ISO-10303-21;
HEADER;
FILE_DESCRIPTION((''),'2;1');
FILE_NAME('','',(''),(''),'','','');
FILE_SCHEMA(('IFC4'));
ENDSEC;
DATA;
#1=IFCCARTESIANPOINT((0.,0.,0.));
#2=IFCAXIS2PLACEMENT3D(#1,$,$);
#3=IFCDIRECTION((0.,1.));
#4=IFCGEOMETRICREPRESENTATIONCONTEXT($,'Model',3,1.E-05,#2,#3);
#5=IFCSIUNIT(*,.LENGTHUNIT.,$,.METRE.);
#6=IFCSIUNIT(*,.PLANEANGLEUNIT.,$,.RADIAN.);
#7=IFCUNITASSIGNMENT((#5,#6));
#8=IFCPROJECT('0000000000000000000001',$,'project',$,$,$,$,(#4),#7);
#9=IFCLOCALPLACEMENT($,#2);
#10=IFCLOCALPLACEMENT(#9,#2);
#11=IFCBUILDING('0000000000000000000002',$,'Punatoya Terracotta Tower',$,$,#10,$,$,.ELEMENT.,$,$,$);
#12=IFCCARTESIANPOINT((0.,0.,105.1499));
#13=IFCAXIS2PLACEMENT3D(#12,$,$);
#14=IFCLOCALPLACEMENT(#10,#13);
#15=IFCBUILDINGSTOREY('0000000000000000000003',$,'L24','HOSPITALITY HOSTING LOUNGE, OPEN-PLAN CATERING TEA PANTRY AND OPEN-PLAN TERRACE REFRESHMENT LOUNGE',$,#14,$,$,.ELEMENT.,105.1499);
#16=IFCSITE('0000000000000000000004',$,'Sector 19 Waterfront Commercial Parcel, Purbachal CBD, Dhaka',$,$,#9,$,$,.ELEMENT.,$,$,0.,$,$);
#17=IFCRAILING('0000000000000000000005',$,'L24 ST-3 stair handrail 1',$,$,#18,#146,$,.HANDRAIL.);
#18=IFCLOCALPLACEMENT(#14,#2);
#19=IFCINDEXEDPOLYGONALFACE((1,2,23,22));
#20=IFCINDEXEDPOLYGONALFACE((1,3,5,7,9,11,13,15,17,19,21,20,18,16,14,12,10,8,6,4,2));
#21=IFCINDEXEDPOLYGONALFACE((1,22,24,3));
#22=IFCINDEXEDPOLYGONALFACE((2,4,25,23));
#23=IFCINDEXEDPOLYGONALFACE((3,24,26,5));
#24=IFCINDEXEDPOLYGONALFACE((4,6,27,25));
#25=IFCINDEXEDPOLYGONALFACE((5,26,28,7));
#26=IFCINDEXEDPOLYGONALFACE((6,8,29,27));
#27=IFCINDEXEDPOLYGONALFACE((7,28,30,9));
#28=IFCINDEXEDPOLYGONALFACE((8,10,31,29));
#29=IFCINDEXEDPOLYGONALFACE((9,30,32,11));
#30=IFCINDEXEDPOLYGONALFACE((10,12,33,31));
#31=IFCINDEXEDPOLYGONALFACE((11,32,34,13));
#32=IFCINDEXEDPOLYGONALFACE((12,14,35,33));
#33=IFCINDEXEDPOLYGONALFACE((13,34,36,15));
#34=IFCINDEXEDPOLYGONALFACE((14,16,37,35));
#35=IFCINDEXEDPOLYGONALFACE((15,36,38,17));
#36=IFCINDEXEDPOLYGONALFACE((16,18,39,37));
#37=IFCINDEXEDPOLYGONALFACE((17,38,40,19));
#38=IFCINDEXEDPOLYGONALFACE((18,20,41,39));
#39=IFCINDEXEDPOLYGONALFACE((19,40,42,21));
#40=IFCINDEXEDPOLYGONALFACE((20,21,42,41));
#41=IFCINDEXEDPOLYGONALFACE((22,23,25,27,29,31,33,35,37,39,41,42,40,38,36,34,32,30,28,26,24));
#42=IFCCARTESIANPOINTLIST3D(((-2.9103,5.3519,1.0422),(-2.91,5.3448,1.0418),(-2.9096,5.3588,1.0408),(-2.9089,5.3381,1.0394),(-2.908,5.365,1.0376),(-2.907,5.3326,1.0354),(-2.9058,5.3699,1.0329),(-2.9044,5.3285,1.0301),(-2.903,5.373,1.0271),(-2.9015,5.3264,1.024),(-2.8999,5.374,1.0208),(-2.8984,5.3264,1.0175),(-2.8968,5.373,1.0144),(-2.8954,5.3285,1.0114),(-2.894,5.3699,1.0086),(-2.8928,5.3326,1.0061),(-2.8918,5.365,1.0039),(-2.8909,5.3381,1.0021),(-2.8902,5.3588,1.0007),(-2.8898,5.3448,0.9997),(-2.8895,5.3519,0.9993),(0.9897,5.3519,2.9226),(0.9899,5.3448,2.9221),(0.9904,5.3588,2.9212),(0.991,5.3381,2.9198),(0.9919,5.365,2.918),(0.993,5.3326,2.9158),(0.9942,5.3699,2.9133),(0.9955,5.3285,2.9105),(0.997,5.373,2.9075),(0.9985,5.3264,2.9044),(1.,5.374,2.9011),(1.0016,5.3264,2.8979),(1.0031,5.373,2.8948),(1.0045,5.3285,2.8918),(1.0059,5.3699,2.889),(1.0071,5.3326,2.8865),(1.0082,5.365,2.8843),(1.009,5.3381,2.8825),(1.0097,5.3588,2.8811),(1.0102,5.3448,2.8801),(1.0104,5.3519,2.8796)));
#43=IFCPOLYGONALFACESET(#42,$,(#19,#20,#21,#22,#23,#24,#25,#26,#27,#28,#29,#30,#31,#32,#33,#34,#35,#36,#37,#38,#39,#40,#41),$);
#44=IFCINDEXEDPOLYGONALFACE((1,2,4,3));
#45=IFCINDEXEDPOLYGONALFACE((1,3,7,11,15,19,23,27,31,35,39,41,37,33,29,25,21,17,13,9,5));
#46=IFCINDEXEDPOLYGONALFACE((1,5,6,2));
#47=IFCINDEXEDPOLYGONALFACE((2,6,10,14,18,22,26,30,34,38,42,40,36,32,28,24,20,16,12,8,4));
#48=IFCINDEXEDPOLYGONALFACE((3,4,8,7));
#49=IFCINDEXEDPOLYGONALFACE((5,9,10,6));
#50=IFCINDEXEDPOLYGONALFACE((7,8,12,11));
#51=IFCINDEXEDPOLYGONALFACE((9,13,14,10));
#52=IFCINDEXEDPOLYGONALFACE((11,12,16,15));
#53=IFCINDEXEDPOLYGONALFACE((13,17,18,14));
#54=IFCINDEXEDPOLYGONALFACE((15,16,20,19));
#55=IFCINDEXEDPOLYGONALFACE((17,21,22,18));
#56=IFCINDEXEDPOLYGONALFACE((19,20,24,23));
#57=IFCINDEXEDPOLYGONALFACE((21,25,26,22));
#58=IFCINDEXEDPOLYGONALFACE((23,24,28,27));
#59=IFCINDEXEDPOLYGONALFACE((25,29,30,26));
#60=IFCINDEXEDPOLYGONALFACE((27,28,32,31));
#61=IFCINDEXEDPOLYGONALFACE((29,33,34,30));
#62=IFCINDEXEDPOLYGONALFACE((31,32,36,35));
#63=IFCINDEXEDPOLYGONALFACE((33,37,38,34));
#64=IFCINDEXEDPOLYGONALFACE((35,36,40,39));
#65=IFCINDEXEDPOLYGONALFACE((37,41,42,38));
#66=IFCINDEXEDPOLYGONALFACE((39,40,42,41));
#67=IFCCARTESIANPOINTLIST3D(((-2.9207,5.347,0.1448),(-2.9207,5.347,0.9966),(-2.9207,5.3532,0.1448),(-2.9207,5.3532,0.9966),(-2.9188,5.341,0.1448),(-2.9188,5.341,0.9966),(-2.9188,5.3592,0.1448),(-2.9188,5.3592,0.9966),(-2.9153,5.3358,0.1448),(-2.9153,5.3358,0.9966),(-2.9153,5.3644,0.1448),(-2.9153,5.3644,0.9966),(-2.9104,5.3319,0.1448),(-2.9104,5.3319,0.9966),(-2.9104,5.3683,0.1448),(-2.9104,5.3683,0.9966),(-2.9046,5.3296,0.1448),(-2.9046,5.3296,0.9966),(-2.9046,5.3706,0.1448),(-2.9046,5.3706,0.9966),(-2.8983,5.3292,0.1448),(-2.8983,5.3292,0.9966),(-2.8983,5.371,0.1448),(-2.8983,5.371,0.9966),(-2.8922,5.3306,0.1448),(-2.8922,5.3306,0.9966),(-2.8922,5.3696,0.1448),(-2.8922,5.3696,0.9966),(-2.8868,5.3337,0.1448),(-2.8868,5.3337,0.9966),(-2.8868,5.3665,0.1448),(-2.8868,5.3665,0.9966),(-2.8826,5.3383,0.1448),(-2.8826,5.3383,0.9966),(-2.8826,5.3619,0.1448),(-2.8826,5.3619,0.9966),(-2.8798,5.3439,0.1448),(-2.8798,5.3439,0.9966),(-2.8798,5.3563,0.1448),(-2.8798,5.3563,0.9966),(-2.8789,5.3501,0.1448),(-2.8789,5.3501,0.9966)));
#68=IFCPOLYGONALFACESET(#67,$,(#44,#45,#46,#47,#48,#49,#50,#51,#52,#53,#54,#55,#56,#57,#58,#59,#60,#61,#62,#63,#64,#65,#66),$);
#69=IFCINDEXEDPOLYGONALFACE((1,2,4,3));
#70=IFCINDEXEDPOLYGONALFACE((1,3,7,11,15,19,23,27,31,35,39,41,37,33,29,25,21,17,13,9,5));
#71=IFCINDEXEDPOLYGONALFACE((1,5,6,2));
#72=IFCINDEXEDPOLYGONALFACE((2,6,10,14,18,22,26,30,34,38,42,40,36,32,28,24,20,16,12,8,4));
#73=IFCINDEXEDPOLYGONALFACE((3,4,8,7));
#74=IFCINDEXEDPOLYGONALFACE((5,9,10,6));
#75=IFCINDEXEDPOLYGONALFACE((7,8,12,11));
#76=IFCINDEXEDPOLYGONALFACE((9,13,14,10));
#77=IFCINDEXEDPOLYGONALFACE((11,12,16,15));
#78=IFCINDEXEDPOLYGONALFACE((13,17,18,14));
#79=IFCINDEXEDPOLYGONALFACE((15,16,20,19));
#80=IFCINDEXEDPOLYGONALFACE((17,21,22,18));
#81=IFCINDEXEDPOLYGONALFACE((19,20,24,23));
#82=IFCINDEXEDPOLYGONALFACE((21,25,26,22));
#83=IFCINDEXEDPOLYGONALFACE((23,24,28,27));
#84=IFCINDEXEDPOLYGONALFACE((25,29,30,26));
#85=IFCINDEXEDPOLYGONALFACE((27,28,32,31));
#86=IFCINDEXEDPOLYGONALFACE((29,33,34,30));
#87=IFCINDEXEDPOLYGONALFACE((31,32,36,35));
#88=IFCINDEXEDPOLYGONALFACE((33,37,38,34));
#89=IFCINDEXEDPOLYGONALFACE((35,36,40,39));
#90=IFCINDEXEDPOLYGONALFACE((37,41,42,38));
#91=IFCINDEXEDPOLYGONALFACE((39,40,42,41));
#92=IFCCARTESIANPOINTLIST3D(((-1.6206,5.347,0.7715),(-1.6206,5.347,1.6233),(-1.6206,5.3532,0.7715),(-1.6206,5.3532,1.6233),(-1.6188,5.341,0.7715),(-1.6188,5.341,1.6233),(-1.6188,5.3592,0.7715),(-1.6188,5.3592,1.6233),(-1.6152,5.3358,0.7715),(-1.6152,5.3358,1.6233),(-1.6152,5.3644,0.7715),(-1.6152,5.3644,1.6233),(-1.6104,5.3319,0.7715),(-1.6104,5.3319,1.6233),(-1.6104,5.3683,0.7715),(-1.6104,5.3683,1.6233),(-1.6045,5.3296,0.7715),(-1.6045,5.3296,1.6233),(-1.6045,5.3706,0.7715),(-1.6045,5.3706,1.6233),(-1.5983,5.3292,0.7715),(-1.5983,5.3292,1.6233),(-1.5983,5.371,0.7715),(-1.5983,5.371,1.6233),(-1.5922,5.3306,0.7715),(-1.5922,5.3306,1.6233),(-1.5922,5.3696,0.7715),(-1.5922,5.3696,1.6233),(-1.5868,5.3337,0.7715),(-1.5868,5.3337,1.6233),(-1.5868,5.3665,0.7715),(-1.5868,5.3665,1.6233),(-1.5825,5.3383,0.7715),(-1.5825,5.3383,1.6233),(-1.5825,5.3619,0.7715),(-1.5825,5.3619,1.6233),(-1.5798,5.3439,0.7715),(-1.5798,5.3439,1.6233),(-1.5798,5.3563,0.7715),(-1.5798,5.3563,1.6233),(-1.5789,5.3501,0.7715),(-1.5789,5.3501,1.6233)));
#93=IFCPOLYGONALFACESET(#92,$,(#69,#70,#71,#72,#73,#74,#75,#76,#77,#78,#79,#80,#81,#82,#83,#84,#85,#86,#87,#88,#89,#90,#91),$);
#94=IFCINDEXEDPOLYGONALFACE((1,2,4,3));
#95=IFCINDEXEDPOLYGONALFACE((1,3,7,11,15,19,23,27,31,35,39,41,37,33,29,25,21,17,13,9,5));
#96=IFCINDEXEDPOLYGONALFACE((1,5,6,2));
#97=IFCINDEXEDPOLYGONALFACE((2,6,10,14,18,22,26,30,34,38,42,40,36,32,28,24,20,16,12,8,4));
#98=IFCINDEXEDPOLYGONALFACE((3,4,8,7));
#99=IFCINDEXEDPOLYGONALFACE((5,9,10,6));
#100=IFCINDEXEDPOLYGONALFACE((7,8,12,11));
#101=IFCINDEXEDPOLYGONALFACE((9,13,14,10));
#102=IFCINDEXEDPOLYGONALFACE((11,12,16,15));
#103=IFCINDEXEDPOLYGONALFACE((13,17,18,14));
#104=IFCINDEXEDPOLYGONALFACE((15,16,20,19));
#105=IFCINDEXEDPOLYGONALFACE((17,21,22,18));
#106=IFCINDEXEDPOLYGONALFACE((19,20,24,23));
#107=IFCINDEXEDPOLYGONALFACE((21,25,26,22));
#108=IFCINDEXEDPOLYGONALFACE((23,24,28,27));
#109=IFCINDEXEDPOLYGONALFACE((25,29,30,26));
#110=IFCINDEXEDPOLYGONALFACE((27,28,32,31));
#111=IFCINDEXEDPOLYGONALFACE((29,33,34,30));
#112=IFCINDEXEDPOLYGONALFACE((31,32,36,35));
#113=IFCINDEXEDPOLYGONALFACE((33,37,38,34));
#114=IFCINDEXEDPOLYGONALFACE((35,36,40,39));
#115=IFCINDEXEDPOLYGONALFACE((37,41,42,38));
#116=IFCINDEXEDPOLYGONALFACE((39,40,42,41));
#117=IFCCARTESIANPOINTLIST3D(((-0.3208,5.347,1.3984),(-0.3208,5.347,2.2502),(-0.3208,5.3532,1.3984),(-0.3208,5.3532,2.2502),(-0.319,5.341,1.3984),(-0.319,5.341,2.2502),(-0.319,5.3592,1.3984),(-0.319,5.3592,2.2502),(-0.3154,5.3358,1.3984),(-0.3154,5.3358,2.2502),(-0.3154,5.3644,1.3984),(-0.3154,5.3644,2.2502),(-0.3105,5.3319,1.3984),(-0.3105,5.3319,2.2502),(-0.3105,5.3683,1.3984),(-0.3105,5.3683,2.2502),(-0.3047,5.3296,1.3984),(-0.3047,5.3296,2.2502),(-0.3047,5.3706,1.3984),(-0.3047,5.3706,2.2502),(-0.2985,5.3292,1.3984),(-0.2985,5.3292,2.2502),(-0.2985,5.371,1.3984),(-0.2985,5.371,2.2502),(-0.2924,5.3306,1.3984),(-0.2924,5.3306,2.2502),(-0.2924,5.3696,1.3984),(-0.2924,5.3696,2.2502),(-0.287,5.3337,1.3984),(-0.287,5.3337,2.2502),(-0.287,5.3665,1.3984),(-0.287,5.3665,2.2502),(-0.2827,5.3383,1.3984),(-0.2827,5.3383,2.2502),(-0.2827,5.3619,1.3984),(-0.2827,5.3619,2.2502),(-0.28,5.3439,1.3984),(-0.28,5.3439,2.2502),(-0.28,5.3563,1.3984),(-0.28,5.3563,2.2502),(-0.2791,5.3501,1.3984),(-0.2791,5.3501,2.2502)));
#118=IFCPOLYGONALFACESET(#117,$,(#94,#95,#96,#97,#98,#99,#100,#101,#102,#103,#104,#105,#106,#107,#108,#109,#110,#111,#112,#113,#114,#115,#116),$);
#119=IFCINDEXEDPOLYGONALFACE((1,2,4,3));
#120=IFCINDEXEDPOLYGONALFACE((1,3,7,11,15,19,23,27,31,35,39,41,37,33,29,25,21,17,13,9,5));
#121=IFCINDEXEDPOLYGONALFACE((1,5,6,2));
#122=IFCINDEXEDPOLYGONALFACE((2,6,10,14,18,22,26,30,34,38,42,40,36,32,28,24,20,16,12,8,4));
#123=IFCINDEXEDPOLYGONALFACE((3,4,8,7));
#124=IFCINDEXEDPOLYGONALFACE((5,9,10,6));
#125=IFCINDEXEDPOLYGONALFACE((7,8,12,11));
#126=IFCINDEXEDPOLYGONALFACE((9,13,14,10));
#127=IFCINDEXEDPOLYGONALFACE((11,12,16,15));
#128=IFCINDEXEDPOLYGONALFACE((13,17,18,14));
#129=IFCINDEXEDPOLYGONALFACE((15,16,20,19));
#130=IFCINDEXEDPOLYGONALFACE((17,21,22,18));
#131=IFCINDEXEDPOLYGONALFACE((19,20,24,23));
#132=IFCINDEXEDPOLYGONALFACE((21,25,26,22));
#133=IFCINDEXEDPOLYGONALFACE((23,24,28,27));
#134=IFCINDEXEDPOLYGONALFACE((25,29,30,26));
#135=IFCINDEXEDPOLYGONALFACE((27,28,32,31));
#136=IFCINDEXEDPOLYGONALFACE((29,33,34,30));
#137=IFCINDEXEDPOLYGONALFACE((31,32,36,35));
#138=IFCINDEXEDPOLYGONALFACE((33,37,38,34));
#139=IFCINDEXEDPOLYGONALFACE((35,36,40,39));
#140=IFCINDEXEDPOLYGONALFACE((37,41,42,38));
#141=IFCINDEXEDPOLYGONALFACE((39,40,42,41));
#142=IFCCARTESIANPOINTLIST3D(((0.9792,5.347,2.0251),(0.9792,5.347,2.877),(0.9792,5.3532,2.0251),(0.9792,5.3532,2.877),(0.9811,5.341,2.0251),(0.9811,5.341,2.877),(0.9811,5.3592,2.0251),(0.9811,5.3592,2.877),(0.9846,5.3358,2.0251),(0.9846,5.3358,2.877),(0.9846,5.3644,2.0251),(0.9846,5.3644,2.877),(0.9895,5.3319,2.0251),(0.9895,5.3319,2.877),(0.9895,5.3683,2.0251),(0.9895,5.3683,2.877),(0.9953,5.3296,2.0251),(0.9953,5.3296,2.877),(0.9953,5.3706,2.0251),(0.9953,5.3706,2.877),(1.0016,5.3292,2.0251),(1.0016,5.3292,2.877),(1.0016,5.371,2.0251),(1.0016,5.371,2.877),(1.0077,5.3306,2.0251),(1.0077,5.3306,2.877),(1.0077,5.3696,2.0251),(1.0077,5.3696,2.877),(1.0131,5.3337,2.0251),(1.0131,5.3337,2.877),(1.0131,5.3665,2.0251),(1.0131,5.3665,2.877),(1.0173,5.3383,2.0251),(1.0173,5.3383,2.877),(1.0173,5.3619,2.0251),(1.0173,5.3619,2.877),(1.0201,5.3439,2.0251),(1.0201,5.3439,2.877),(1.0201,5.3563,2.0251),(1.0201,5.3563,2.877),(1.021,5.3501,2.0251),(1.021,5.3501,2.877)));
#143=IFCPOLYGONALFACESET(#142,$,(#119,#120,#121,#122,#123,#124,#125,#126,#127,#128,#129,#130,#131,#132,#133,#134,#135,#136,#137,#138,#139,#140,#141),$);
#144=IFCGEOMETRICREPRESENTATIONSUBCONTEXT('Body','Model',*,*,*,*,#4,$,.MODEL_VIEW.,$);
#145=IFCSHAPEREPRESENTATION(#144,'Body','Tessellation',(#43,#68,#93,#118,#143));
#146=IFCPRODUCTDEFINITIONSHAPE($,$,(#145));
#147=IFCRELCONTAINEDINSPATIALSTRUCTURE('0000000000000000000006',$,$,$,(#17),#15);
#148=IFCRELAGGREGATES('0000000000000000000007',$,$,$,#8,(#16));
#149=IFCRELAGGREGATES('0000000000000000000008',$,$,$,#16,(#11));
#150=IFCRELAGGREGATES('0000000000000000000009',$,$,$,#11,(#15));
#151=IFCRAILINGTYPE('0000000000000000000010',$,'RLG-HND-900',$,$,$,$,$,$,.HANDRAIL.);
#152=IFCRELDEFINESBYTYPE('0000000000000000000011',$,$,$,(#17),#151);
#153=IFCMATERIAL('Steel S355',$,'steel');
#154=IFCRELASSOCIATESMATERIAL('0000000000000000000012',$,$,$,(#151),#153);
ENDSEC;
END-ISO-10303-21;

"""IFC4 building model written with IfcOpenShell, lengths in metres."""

from ifc_helpers import new_model, si_unit, direction, frame, origin, origin_2d, place, context, subcontext, project, spatial, circle, extrude, material, type_object, element, save


model = new_model("IFC4")

# Units and contexts
model_context = context("Model", 3, precision=1e-05, world=origin(), true_north=direction((0.0, 1.0)))
body_context = subcontext(model_context, "Body", "Model", "MODEL_VIEW")
ifc_project = project(units=[si_unit("LENGTHUNIT", "METRE"), si_unit("PLANEANGLEUNIT", "RADIAN")], contexts=[model_context])

# Site, building, storey
site_placement = place(None, origin())
site = spatial("IfcSite", under=ifc_project, at=site_placement, Name="Sector 19 Waterfront Commercial Parcel, Purbachal CBD, Dhaka", CompositionType="ELEMENT", RefElevation=0.0)
building_placement = place(site_placement, origin())
building = spatial("IfcBuilding", under=site, at=building_placement, Name="Punatoya Terracotta Tower", CompositionType="ELEMENT")
storey_placement = place(building_placement, frame((0.0, 0.0, 105.1499)))
storey = spatial("IfcBuildingStorey", under=building, at=storey_placement, Name="L24", Description="HOSPITALITY HOSTING LOUNGE, OPEN-PLAN CATERING TEA PANTRY AND OPEN-PLAN TERRACE REFRESHMENT LOUNGE", CompositionType="ELEMENT", Elevation=105.1499)

# Shared definitions
ifc_material_1 = material(Name="Steel S355", Category="steel")

# Railing
railing_type_1 = type_object("IfcRailingType", Name="RLG-HND-900", PredefinedType="HANDRAIL", material=ifc_material_1)
railing_1_placement = place(storey_placement, frame((-2.8999, 5.3501, 0.1448)))
element("IfcRailing", 1, at=railing_1_placement, inside=storey, type_object=railing_type_1, Name="L24 ST-3 stair handrail 1", PredefinedType="HANDRAIL", context=body_context, shape_type="SweptSolid", body=[
    extrude(circle(Radius=0.0239, at=origin_2d()), frame((0.0, 0.0, 0.876), z_axis=(0.900763, 0.0, 0.434311), x_axis=(0.0, 1.0, 0.0)), (0.0, 0.0, 1.0), 4.3296),
    extrude(circle(Radius=0.021, at=origin_2d()), origin(), (0.0, 0.0, 1.0), 0.8518),
    extrude(circle(Radius=0.021, at=origin_2d()), frame((1.3, 0.0, 0.6267)), (0.0, 0.0, 1.0), 0.8518),
    extrude(circle(Radius=0.021, at=origin_2d()), frame((2.5999, 0.0, 1.2537)), (0.0, 0.0, 1.0), 0.8518),
    extrude(circle(Radius=0.021, at=origin_2d()), frame((3.8999, 0.0, 1.8804)), (0.0, 0.0, 1.0), 0.8518),
])

save(model, "model.ifc")
